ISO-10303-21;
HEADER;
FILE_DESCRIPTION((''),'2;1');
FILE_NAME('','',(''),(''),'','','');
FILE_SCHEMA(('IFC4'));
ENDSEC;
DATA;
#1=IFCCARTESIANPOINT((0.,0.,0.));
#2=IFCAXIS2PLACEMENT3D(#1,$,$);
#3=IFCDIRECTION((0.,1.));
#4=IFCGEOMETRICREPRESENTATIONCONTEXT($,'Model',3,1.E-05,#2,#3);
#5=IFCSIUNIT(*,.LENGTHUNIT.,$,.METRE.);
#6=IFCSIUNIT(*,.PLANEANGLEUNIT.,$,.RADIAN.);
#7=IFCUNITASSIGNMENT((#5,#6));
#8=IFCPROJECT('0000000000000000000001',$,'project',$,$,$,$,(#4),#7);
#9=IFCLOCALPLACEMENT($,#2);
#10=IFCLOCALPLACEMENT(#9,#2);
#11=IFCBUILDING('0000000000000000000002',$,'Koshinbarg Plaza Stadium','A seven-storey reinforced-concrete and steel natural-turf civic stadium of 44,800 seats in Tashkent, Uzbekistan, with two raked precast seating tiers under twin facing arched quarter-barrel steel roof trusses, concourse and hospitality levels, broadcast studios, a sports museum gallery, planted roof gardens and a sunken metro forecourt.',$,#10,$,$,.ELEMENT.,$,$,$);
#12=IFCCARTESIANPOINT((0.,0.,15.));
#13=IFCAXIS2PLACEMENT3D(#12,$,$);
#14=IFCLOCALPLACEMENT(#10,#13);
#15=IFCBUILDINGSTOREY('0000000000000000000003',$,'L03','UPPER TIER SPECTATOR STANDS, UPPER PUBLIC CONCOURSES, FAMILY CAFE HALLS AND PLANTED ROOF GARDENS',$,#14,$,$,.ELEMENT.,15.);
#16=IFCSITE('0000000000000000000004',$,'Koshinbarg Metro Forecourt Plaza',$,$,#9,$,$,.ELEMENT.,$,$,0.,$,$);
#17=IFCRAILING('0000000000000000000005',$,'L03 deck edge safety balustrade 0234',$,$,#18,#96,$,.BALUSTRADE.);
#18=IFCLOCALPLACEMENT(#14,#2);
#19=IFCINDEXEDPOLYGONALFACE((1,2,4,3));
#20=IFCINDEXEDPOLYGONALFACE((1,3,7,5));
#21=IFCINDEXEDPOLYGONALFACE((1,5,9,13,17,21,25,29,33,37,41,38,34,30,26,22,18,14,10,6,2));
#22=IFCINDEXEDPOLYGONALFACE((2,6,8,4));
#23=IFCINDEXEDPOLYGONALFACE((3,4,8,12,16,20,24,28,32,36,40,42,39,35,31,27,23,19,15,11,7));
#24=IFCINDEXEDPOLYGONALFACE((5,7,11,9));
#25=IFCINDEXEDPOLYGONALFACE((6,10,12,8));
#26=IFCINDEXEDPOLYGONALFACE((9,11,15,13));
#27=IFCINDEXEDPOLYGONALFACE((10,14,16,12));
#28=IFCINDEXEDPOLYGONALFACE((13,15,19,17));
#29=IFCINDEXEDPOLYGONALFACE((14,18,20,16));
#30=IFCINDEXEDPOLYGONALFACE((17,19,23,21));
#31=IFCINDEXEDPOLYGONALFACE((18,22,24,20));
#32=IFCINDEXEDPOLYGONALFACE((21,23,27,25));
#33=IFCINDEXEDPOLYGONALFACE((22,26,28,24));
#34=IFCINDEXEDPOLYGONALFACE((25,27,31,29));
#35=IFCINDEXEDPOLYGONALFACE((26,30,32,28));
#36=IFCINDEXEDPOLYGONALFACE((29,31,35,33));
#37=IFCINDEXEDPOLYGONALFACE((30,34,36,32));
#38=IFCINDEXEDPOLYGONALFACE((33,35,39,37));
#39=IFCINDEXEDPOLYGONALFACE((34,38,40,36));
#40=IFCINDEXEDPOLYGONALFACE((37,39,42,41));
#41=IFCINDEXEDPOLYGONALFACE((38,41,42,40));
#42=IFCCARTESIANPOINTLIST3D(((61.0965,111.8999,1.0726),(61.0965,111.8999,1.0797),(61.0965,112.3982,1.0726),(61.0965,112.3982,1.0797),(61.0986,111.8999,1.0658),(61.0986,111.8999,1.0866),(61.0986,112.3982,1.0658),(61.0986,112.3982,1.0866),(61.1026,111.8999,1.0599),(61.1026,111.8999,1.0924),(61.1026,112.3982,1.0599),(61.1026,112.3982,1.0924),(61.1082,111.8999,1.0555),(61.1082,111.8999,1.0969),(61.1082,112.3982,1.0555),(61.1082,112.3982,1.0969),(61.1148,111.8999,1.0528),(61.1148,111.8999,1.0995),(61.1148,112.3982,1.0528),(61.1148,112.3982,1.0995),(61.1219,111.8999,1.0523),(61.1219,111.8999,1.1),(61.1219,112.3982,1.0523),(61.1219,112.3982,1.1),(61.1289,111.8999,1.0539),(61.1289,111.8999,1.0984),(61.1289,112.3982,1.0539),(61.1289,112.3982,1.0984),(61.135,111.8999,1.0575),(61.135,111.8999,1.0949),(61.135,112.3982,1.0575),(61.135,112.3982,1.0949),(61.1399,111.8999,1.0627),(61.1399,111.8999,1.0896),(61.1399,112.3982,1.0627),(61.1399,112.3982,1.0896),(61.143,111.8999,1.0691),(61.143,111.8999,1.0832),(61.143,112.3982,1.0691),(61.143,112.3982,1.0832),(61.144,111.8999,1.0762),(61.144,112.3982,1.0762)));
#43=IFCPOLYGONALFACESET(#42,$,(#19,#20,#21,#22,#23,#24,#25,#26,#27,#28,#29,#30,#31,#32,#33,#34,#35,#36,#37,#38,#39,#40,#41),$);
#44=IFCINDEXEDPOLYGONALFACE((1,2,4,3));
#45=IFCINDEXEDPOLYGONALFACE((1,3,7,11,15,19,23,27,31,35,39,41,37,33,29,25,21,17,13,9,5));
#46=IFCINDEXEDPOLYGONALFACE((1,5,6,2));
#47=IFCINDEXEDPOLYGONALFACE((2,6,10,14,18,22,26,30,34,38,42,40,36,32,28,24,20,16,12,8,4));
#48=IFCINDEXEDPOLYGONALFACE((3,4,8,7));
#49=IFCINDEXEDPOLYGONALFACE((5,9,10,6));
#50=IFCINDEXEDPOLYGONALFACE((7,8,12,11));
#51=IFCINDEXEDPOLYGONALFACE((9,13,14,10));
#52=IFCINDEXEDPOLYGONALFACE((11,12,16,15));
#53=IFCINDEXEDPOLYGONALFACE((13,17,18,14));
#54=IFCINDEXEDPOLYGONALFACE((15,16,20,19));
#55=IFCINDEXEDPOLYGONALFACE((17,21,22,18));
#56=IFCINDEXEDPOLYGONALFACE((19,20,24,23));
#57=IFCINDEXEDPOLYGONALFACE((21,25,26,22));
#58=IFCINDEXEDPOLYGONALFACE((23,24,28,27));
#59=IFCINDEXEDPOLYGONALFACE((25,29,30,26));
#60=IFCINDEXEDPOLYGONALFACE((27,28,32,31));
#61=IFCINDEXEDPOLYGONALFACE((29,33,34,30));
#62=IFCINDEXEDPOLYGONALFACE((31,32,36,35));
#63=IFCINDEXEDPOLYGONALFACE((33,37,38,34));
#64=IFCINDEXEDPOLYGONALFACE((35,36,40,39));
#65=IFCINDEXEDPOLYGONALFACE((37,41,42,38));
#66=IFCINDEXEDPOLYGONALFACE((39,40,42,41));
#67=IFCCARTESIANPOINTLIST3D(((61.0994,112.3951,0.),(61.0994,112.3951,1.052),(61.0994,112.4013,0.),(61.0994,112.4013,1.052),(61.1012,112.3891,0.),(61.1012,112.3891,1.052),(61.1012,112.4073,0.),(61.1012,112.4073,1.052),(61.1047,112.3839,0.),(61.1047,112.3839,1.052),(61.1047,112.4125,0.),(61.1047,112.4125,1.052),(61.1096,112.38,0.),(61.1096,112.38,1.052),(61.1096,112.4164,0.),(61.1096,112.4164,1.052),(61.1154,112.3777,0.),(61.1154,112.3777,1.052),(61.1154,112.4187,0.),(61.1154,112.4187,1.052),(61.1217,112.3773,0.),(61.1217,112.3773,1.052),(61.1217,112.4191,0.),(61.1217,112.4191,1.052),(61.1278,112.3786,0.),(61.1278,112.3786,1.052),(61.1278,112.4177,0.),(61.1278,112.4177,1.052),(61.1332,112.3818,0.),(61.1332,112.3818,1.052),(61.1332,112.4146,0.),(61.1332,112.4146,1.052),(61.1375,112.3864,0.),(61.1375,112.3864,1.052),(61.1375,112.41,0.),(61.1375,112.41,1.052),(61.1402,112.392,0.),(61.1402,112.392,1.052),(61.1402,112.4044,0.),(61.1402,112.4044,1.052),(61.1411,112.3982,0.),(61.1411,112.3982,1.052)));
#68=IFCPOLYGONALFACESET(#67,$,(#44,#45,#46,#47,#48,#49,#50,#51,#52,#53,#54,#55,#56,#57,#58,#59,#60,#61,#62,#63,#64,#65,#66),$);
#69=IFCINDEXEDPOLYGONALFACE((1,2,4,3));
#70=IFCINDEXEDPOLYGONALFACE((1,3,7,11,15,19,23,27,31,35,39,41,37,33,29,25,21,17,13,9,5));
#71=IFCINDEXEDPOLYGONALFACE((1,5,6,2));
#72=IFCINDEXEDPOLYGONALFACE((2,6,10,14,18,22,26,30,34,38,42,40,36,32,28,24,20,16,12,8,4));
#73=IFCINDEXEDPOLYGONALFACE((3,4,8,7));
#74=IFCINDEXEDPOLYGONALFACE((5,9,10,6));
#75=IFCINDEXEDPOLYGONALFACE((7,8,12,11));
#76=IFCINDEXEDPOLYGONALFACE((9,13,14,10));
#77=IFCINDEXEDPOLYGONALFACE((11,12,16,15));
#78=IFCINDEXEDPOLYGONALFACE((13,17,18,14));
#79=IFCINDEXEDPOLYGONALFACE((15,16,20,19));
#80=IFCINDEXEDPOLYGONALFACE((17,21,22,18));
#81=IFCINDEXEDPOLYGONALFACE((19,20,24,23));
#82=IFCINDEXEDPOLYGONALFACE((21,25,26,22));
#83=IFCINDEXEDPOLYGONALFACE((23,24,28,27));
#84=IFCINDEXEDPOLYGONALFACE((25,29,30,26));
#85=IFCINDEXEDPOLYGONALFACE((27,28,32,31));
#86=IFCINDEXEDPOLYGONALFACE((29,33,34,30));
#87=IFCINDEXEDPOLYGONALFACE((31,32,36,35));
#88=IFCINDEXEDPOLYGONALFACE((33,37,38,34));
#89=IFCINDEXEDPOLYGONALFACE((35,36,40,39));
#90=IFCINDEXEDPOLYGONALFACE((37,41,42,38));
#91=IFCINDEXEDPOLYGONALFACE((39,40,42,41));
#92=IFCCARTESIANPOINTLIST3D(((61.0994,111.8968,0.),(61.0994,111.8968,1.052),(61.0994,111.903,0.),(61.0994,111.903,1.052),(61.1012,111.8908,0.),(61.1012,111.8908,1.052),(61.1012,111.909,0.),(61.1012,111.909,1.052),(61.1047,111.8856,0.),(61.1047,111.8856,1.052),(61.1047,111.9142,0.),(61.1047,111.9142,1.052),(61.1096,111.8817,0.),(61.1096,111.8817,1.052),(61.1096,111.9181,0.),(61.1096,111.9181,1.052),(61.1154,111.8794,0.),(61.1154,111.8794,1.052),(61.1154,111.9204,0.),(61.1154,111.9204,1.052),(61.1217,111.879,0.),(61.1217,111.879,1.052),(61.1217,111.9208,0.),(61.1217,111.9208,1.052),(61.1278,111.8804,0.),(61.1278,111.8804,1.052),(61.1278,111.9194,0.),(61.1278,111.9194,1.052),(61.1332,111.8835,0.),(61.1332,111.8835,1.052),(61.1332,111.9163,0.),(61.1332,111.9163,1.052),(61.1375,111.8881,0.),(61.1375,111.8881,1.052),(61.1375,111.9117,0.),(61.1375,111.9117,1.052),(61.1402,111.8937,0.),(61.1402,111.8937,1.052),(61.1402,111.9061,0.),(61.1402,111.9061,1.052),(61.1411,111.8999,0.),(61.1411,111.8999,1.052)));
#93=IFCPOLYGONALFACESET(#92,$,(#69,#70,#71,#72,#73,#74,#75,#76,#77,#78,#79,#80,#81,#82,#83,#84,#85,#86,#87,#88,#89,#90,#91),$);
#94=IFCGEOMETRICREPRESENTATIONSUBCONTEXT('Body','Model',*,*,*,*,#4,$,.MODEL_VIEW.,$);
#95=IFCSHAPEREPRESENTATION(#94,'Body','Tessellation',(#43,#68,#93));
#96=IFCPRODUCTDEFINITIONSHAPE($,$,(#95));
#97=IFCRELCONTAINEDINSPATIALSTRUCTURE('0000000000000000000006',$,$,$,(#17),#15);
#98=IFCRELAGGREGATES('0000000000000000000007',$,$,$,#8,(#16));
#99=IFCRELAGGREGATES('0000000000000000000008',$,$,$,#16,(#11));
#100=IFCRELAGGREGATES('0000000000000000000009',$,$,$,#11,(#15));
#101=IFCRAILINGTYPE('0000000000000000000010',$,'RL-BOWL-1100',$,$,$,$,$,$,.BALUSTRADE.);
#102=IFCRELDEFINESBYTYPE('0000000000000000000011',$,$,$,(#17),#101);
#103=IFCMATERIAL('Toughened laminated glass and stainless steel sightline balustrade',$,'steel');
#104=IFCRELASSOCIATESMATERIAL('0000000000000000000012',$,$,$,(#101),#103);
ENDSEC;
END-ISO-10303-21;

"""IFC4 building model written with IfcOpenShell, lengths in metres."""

from ifc_helpers import new_model, si_unit, direction, frame, origin, origin_2d, place, context, subcontext, project, spatial, circle, extrude, material, type_object, element, save


model = new_model("IFC4")

# Units and contexts
model_context = context("Model", 3, precision=1e-05, world=origin(), true_north=direction((0.0, 1.0)))
body_context = subcontext(model_context, "Body", "Model", "MODEL_VIEW")
ifc_project = project(units=[si_unit("LENGTHUNIT", "METRE"), si_unit("PLANEANGLEUNIT", "RADIAN")], contexts=[model_context])

# Site, building, storey
site_placement = place(None, origin())
site = spatial("IfcSite", under=ifc_project, at=site_placement, Name="Koshinbarg Metro Forecourt Plaza", CompositionType="ELEMENT", RefElevation=0.0)
building_placement = place(site_placement, origin())
building = spatial("IfcBuilding", under=site, at=building_placement, Name="Koshinbarg Plaza Stadium", Description="A seven-storey reinforced-concrete and steel natural-turf civic stadium of 44,800 seats in Tashkent, Uzbekistan, with two raked precast seating tiers under twin facing arched quarter-barrel steel roof trusses, concourse and hospitality levels, broadcast studios, a sports museum gallery, planted roof gardens and a sunken metro forecourt.", CompositionType="ELEMENT")
storey_placement = place(building_placement, frame((0.0, 0.0, 15.0)))
storey = spatial("IfcBuildingStorey", under=building, at=storey_placement, Name="L03", Description="UPPER TIER SPECTATOR STANDS, UPPER PUBLIC CONCOURSES, FAMILY CAFE HALLS AND PLANTED ROOF GARDENS", CompositionType="ELEMENT", Elevation=15.0)

# Railing
ifc_material_1 = material(Name="Toughened laminated glass and stainless steel sightline balustrade", Category="steel")
railing_type = type_object("IfcRailingType", Name="RL-BOWL-1100", PredefinedType="BALUSTRADE", material=ifc_material_1)
railing_1_placement = place(storey_placement, frame((61.1201, 112.3982, 0.0)))
element("IfcRailing", 1, at=railing_1_placement, inside=storey, type_object=railing_type, Name="L03 deck edge safety balustrade 0234", PredefinedType="BALUSTRADE", context=body_context, shape_type="SweptSolid", body=[
    extrude(circle(Radius=0.0239, at=origin_2d()), frame((0.0, 0.0, 1.0762), z_axis=(0.0, -1.0, 0.0), x_axis=(1.0, 0.0, 0.0)), (0.0, 0.0, 1.0), 0.4983),
    extrude(circle(Radius=0.021, at=origin_2d()), origin(), (0.0, 0.0, 1.0), 1.052),
    extrude(circle(Radius=0.021, at=origin_2d()), frame((0.0, -0.4983, 0.0)), (0.0, 0.0, 1.0), 1.052),
])

save(model, "model.ifc")
